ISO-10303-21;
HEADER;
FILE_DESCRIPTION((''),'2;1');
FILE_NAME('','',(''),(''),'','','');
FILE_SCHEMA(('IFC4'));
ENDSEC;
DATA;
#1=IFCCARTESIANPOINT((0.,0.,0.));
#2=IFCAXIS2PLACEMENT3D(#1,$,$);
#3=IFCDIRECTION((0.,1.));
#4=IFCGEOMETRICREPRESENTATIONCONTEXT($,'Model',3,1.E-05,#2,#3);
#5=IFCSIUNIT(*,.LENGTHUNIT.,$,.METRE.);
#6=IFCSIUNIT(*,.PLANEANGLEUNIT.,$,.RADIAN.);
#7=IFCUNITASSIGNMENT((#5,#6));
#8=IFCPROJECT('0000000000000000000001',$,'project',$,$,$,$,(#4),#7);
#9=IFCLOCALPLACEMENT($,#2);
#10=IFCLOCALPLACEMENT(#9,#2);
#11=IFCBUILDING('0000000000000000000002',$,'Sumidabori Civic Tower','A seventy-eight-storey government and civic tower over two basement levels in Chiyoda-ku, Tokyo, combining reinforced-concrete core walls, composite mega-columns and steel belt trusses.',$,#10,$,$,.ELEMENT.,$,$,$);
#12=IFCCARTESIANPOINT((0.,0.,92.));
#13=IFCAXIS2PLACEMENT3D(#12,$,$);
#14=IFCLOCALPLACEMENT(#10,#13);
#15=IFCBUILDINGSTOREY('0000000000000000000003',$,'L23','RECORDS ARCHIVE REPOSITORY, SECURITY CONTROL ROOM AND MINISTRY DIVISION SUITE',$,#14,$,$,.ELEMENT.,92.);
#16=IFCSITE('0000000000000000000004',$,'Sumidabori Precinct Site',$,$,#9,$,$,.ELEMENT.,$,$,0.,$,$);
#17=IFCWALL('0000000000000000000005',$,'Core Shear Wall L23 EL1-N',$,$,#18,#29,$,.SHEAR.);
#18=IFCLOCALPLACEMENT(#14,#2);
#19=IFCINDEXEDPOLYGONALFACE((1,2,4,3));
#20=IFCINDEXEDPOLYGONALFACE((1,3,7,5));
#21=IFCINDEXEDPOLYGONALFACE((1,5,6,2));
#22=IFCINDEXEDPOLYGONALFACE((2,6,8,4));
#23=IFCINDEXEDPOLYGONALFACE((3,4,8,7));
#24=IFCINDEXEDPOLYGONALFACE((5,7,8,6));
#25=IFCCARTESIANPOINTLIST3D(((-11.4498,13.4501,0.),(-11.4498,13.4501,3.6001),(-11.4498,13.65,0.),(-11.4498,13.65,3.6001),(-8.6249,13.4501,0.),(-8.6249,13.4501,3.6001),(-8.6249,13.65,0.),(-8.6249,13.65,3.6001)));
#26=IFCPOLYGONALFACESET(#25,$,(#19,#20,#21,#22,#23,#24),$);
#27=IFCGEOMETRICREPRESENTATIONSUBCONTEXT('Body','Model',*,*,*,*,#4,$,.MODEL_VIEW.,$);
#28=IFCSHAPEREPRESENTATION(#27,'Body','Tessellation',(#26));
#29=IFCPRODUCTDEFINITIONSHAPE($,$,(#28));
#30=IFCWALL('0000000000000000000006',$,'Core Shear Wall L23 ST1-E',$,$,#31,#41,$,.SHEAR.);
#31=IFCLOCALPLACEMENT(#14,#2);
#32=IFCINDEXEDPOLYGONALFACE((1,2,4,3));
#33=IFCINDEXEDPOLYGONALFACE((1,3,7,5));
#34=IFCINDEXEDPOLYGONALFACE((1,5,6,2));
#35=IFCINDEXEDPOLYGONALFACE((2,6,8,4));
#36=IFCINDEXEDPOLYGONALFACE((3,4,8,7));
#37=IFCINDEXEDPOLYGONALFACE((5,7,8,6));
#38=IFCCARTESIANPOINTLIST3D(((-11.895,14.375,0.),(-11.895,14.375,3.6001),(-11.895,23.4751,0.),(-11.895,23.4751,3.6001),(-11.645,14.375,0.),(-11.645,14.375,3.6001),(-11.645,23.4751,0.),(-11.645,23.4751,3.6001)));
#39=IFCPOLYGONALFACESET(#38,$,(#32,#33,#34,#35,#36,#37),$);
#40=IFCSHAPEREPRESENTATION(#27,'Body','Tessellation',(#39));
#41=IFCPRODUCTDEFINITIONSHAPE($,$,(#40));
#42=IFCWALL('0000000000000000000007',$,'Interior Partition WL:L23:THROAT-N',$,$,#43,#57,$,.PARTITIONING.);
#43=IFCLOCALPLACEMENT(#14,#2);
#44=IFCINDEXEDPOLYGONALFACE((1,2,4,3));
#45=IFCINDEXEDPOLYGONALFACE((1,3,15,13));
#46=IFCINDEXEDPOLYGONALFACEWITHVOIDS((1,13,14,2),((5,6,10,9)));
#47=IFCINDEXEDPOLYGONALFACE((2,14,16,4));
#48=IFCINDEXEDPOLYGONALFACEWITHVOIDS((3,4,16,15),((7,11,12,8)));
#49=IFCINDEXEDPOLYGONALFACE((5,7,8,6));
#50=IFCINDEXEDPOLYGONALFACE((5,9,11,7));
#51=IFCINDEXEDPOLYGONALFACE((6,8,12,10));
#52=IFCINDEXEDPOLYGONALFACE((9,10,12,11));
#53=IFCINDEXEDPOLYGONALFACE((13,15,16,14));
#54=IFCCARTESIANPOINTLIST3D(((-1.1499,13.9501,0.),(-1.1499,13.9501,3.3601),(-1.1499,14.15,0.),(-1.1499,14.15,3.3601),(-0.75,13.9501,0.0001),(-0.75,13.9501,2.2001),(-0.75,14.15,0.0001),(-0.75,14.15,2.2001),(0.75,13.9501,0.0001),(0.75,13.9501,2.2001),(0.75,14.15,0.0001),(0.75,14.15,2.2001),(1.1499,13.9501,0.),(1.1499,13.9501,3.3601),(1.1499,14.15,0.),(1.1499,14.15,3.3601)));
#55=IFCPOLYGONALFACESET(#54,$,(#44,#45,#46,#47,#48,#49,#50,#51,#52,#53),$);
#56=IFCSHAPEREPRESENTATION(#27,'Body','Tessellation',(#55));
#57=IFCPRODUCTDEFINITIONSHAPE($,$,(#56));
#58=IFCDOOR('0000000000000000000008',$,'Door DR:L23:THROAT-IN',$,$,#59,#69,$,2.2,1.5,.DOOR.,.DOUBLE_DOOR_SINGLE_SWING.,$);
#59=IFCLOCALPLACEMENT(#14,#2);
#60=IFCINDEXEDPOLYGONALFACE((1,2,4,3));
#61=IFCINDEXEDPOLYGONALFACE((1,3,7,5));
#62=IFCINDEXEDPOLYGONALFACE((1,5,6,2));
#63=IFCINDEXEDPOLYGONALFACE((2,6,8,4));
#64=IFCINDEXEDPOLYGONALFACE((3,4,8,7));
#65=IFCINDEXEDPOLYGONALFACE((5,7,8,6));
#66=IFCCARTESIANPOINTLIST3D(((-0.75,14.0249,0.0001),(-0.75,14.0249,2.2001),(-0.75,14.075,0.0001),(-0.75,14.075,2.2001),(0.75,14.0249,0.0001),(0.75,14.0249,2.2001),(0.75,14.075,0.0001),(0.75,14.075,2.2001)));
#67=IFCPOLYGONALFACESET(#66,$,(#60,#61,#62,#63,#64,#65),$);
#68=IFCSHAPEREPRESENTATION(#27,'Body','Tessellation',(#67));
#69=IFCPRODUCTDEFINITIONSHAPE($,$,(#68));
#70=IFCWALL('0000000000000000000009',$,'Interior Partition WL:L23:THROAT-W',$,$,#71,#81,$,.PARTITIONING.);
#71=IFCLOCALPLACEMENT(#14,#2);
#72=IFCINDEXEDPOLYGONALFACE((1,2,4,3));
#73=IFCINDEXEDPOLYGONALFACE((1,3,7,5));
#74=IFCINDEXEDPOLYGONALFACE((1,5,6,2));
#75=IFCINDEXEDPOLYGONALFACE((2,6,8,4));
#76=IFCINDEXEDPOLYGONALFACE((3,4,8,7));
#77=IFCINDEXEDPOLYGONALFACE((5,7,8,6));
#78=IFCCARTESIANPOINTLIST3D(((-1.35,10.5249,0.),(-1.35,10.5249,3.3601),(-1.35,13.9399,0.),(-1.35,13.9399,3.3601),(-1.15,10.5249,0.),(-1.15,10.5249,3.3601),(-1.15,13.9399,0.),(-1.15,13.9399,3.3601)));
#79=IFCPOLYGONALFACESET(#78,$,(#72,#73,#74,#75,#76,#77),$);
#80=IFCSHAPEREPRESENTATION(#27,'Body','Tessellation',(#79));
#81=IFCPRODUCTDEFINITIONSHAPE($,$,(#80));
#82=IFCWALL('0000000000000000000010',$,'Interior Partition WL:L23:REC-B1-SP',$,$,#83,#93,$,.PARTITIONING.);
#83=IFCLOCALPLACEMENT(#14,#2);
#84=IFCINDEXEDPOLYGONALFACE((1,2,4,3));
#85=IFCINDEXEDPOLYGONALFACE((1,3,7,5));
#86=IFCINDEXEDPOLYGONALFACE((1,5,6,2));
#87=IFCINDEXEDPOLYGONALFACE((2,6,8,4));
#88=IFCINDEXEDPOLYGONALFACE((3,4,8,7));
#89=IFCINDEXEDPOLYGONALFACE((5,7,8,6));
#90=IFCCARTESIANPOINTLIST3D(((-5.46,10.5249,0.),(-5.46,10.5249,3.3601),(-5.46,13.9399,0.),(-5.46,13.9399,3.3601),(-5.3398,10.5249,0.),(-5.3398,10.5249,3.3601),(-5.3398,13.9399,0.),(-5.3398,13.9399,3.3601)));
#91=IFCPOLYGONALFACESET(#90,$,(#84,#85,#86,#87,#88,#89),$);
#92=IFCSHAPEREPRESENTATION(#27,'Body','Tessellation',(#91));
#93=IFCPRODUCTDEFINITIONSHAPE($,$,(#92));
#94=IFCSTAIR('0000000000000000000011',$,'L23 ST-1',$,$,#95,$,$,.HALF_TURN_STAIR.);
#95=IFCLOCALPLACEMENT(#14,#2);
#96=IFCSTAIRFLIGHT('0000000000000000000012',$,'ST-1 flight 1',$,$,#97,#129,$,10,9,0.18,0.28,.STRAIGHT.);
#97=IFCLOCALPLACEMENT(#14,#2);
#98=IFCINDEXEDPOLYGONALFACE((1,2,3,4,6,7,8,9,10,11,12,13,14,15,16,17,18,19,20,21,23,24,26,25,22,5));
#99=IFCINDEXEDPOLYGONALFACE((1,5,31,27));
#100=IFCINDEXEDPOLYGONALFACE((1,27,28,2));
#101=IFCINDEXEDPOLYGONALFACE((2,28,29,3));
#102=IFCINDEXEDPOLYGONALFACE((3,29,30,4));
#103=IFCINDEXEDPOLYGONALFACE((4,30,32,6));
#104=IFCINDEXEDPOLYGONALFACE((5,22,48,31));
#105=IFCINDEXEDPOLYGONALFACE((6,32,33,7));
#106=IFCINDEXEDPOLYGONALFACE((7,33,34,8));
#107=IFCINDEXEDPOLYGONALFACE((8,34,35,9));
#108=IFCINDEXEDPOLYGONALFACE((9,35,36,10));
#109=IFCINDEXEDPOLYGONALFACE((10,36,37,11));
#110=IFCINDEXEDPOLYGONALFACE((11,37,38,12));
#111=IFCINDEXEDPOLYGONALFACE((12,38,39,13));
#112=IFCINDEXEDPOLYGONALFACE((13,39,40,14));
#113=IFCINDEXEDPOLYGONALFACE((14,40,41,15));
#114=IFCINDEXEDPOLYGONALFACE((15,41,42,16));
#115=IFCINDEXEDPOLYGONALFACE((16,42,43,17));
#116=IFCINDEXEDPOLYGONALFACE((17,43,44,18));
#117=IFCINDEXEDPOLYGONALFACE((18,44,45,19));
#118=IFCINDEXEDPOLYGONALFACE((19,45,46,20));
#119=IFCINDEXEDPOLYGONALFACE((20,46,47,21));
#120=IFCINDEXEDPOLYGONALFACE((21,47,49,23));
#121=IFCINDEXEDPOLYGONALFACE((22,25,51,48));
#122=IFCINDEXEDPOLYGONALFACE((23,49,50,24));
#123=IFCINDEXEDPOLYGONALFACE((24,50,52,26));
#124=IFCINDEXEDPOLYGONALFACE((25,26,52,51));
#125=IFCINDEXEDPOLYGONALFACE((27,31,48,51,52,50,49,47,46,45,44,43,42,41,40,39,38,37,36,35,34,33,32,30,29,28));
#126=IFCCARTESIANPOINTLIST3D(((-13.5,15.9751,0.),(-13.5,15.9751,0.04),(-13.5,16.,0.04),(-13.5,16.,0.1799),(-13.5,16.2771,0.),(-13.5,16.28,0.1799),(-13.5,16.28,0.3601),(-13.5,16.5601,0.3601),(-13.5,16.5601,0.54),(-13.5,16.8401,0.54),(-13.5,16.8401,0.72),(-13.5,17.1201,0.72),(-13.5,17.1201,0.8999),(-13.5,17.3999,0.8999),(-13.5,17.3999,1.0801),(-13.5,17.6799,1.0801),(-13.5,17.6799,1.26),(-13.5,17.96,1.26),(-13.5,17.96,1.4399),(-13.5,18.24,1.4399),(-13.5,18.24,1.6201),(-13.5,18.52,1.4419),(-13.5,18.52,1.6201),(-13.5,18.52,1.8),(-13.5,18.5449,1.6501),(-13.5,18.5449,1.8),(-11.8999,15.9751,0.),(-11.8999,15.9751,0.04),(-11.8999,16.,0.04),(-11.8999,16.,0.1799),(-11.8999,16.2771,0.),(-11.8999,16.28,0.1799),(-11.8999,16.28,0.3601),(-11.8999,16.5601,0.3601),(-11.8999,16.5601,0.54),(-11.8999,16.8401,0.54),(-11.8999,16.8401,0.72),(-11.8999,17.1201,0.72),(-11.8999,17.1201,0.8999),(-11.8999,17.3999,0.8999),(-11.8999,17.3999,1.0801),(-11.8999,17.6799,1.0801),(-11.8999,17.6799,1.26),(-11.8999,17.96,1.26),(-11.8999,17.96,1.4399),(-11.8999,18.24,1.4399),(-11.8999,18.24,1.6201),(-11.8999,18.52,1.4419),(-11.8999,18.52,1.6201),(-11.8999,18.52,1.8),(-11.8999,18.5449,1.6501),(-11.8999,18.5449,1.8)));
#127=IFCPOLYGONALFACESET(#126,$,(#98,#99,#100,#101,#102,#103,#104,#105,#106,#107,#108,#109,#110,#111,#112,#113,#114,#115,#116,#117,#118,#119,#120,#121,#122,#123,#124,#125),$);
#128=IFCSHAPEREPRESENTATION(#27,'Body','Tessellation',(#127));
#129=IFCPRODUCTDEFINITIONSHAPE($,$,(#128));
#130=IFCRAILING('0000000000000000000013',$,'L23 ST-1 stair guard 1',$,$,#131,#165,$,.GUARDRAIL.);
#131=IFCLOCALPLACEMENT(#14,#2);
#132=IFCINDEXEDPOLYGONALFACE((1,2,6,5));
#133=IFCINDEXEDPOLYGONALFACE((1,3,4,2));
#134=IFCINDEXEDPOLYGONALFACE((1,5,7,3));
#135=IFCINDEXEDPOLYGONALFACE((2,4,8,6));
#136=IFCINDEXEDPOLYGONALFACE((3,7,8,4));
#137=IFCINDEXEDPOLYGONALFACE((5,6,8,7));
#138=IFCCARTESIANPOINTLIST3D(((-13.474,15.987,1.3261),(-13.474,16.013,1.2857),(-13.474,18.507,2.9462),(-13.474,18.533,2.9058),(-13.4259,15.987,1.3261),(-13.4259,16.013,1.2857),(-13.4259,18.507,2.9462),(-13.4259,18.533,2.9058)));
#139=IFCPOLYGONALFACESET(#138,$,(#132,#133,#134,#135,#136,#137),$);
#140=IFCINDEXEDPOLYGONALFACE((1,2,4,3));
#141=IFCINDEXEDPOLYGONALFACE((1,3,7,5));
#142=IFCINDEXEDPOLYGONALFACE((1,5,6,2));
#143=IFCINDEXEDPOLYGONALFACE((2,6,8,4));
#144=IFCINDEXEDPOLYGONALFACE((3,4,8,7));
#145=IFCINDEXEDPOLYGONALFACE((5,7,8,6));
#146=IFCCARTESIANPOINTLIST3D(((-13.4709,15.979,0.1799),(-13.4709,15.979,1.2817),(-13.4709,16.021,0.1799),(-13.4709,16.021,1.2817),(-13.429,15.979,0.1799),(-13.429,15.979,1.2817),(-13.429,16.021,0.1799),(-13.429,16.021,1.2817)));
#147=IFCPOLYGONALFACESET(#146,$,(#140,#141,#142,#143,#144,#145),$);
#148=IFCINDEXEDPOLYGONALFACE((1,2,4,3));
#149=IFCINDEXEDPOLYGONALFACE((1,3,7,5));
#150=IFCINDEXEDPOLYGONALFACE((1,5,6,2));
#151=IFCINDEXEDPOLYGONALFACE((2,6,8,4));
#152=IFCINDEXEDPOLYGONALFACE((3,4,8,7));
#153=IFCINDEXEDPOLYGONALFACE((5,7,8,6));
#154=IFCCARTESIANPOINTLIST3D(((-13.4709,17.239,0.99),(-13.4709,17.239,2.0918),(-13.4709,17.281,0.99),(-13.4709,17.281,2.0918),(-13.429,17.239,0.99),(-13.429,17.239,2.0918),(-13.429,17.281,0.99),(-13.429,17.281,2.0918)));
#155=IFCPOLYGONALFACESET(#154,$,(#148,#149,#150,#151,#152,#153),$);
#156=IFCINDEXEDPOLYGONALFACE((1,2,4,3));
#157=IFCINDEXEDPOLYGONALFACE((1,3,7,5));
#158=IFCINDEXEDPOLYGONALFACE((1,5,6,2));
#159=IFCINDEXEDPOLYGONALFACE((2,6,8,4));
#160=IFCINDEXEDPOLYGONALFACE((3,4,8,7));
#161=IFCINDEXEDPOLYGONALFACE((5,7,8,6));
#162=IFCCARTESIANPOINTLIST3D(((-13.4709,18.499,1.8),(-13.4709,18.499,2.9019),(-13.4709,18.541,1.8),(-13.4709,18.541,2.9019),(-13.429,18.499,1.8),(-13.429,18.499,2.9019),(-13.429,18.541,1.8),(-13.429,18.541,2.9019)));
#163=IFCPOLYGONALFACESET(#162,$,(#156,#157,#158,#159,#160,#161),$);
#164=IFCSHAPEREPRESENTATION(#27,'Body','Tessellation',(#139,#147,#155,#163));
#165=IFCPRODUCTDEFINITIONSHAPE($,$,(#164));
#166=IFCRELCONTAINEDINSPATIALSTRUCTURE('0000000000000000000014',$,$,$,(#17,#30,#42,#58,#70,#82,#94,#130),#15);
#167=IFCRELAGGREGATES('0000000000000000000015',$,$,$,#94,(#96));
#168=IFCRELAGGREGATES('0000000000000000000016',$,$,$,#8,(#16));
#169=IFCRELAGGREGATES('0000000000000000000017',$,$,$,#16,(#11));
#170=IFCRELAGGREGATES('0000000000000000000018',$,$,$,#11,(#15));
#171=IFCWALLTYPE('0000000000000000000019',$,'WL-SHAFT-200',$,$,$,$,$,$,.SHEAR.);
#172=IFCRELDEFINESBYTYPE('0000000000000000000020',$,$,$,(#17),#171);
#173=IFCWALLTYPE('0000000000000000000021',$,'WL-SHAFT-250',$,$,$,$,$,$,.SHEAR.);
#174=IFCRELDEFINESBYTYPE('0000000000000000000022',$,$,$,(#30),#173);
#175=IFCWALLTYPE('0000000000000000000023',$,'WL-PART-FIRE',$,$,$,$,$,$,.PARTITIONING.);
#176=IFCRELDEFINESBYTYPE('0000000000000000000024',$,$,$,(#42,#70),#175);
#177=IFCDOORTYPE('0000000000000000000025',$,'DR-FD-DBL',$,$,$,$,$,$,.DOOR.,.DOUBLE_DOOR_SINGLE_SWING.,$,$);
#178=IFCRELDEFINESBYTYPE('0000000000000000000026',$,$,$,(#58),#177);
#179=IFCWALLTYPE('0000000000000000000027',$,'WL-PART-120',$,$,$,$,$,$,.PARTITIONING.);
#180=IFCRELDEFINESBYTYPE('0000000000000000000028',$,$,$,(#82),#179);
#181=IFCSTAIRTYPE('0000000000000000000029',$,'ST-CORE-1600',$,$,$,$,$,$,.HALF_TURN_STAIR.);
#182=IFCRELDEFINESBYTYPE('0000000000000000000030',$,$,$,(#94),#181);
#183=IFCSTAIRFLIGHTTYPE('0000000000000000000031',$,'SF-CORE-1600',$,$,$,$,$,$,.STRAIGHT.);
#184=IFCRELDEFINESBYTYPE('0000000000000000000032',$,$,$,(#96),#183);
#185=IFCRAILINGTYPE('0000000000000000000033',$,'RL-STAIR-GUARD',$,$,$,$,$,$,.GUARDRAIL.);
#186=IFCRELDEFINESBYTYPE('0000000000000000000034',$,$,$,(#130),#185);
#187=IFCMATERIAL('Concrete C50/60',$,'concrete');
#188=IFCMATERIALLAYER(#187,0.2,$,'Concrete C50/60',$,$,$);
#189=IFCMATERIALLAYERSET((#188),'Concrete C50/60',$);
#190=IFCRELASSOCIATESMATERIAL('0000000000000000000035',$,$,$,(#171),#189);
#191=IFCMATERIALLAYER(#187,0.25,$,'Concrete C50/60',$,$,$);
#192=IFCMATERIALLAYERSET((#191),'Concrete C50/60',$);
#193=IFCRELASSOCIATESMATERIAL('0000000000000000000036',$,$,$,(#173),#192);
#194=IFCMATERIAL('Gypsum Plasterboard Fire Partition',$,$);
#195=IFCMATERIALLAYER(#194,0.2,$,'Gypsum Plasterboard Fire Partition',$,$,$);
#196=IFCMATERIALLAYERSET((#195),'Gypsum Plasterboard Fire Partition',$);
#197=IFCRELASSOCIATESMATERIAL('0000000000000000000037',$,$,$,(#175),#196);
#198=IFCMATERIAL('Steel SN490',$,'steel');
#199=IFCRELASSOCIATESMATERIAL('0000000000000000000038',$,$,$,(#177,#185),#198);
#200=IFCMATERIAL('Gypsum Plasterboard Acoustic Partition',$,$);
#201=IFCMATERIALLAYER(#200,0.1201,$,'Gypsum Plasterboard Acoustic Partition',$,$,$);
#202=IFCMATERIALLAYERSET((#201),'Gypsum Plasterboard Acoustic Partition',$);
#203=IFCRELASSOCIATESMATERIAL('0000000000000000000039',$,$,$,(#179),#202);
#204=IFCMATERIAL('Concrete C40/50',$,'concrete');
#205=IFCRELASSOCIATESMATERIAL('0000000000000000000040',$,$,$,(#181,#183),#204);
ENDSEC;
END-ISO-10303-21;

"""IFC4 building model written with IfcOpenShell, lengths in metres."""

from ifc_helpers import new_model, si_unit, direction, frame, frame_2d, origin, origin_2d, place, context, subcontext, project, spatial, polyline, rectangle, outline, extrude, source, transform, mapped, material, layer, layer_set, type_object, element, fill, aggregate, save


model = new_model("IFC4")

# Units and contexts
model_context = context("Model", 3, precision=1e-05, world=origin(), true_north=direction((0.0, 1.0)))
body_context = subcontext(model_context, "Body", "Model", "MODEL_VIEW")
ifc_project = project(units=[si_unit("LENGTHUNIT", "METRE"), si_unit("PLANEANGLEUNIT", "RADIAN")], contexts=[model_context])

# Site, building, storey
site_placement = place(None, origin())
site = spatial("IfcSite", under=ifc_project, at=site_placement, Name="Sumidabori Precinct Site", CompositionType="ELEMENT", RefElevation=0.0)
building_placement = place(site_placement, origin())
building = spatial("IfcBuilding", under=site, at=building_placement, Name="Sumidabori Civic Tower", Description="A seventy-eight-storey government and civic tower over two basement levels in Chiyoda-ku, Tokyo, combining reinforced-concrete core walls, composite mega-columns and steel belt trusses.", CompositionType="ELEMENT")
storey_placement = place(building_placement, frame((0.0, 0.0, 92.0)))
storey = spatial("IfcBuildingStorey", under=building, at=storey_placement, Name="L23", Description="RECORDS ARCHIVE REPOSITORY, SECURITY CONTROL ROOM AND MINISTRY DIVISION SUITE", CompositionType="ELEMENT", Elevation=92.0)

# Wall
ifc_material_1 = material(Name="Concrete C50/60", Category="concrete")
ifc_layer_1 = layer(ifc_material_1, 0.2, Name="Concrete C50/60")
ifc_layer_set_1 = layer_set([ifc_layer_1], Name="Concrete C50/60")
wall_type_1 = type_object("IfcWallType", Name="WL-SHAFT-200", PredefinedType="SHEAR", material=ifc_layer_set_1)
shared_shape_1 = source(origin(), body_context, "Body", "SweptSolid", [
    extrude(rectangle(XDim=2.825, YDim=0.2, at=frame_2d((1.4126, 0.0))), origin(), (0.0, 0.0, 1.0), 3.6001),
])
wall_1_placement = place(storey_placement, frame((-11.45, 13.55, 0.0), z_axis=(0.0, 0.0, 1.0), x_axis=(1.0, 0.0, 0.0)))
element("IfcWall", 1, at=wall_1_placement, inside=storey, type_object=wall_type_1, Name="Core Shear Wall L23 EL1-N", PredefinedType="SHEAR", context=body_context, shape_type="MappedRepresentation", body=[
    mapped(shared_shape_1, transform((0.0, 0.0, 0.0), x_axis=(1.0, 0.0, 0.0), y_axis=(0.0, 1.0, 0.0), z_axis=(0.0, 0.0, 1.0), scale=1.0)),
])

# Shared definitions
ifc_layer_2 = layer(ifc_material_1, 0.25, Name="Concrete C50/60")
ifc_layer_set_2 = layer_set([ifc_layer_2], Name="Concrete C50/60")
wall_type_2 = type_object("IfcWallType", Name="WL-SHAFT-250", PredefinedType="SHEAR", material=ifc_layer_set_2)
ifc_material_2 = material(Name="Steel SN490", Category="steel")

# Wall
shared_shape_2 = source(origin(), body_context, "Body", "SweptSolid", [
    extrude(rectangle(XDim=9.1001, YDim=0.25, at=frame_2d((4.55, 0.0))), origin(), (0.0, 0.0, 1.0), 3.6001),
])
wall_2_placement = place(storey_placement, frame((-11.77, 14.375, 0.0), z_axis=(0.0, 0.0, 1.0), x_axis=(0.0, 1.0, 0.0)))
element("IfcWall", 2, at=wall_2_placement, inside=storey, type_object=wall_type_2, Name="Core Shear Wall L23 ST1-E", PredefinedType="SHEAR", context=body_context, shape_type="MappedRepresentation", body=[
    mapped(shared_shape_2, transform((0.0, 0.0, 0.0), x_axis=(1.0, 0.0, 0.0), y_axis=(0.0, 1.0, 0.0), z_axis=(0.0, 0.0, 1.0), scale=1.0)),
])

# Shared definitions
ifc_material_3 = material(Name="Gypsum Plasterboard Fire Partition")
ifc_layer_3 = layer(ifc_material_3, 0.2, Name="Gypsum Plasterboard Fire Partition")
ifc_layer_set_3 = layer_set([ifc_layer_3], Name="Gypsum Plasterboard Fire Partition")
wall_type_3 = type_object("IfcWallType", Name="WL-PART-FIRE", PredefinedType="PARTITIONING", material=ifc_layer_set_3)

# Wall, opening, door
shared_shape_3 = source(origin(), body_context, "Body", "SweptSolid", [
    extrude(rectangle(XDim=2.2998, YDim=0.2, at=frame_2d((1.1499, 0.0))), origin(), (0.0, 0.0, 1.0), 3.3601),
])
wall_3_placement = place(storey_placement, frame((-1.1499, 14.05, 0.0), z_axis=(0.0, 0.0, 1.0), x_axis=(1.0, 0.0, 0.0)))
wall_3 = element("IfcWall", 3, at=wall_3_placement, inside=storey, type_object=wall_type_3, Name="Interior Partition WL:L23:THROAT-N", PredefinedType="PARTITIONING", context=body_context, shape_type="MappedRepresentation", body=[
    mapped(shared_shape_3, transform((0.0, 0.0, 0.0), x_axis=(1.0, 0.0, 0.0), y_axis=(0.0, 1.0, 0.0), z_axis=(0.0, 0.0, 1.0), scale=1.0)),
])
opening_1_placement = place(wall_3_placement, frame((0.3999, 0.0, 0.0)))
opening_1 = element("IfcOpeningElement", 4, at=opening_1_placement, cuts=wall_3, PredefinedType="OPENING", context=body_context, shape_type="SweptSolid", body=[
    extrude(rectangle(XDim=1.5, YDim=2.2, at=frame_2d((0.75, 1.1001))), frame((0.0, 0.1118, 0.0), z_axis=(0.0, -1.0, 0.0), x_axis=(1.0, 0.0, 0.0)), (0.0, 0.0, 1.0), 0.2239),
])
door_type_1 = type_object("IfcDoorType", Name="DR-FD-DBL", OperationType="DOUBLE_DOOR_SINGLE_SWING", PredefinedType="DOOR", material=ifc_material_2)
shared_shape_4 = source(origin(), body_context, "Body", "SweptSolid", [
    extrude(rectangle(XDim=1.5, YDim=2.2, at=frame_2d((0.75, 1.1001))), frame((0.0, 0.0249, 0.0), z_axis=(0.0, -1.0, 0.0), x_axis=(1.0, 0.0, 0.0)), (0.0, 0.0, 1.0), 0.05),
])
door_1_placement = place(opening_1_placement, origin())
door_1 = element("IfcDoor", 5, at=door_1_placement, inside=storey, type_object=door_type_1, Name="Door DR:L23:THROAT-IN", OperationType="DOUBLE_DOOR_SINGLE_SWING", OverallHeight=2.2, OverallWidth=1.5, PredefinedType="DOOR", context=body_context, shape_type="MappedRepresentation", body=[
    mapped(shared_shape_4, transform((0.0, 0.0, 0.0), x_axis=(1.0, 0.0, 0.0), y_axis=(0.0, 1.0, 0.0), z_axis=(0.0, 0.0, 1.0), scale=1.0)),
])
fill(opening_1, door_1)

# Walls
shared_shape_5 = source(origin(), body_context, "Body", "SweptSolid", [
    extrude(rectangle(XDim=3.415, YDim=0.2, at=frame_2d((1.7075, 0.0))), origin(), (0.0, 0.0, 1.0), 3.3601),
])
wall_4_placement = place(storey_placement, frame((-1.25, 10.5249, 0.0), z_axis=(0.0, 0.0, 1.0), x_axis=(0.0, 1.0, 0.0)))
element("IfcWall", 6, at=wall_4_placement, inside=storey, type_object=wall_type_3, Name="Interior Partition WL:L23:THROAT-W", PredefinedType="PARTITIONING", context=body_context, shape_type="MappedRepresentation", body=[
    mapped(shared_shape_5, transform((0.0, 0.0, 0.0), x_axis=(1.0, 0.0, 0.0), y_axis=(0.0, 1.0, 0.0), z_axis=(0.0, 0.0, 1.0), scale=1.0)),
])
ifc_material_4 = material(Name="Gypsum Plasterboard Acoustic Partition")
ifc_layer_4 = layer(ifc_material_4, 0.1201, Name="Gypsum Plasterboard Acoustic Partition")
ifc_layer_set_4 = layer_set([ifc_layer_4], Name="Gypsum Plasterboard Acoustic Partition")
wall_type_4 = type_object("IfcWallType", Name="WL-PART-120", PredefinedType="PARTITIONING", material=ifc_layer_set_4)
shared_shape_6 = source(origin(), body_context, "Body", "SweptSolid", [
    extrude(rectangle(XDim=3.415, YDim=0.1201, at=frame_2d((1.7075, 0.0))), origin(), (0.0, 0.0, 1.0), 3.3601),
])
wall_5_placement = place(storey_placement, frame((-5.3999, 10.5249, 0.0), z_axis=(0.0, 0.0, 1.0), x_axis=(0.0, 1.0, 0.0)))
element("IfcWall", 7, at=wall_5_placement, inside=storey, type_object=wall_type_4, Name="Interior Partition WL:L23:REC-B1-SP", PredefinedType="PARTITIONING", context=body_context, shape_type="MappedRepresentation", body=[
    mapped(shared_shape_6, transform((0.0, 0.0, 0.0), x_axis=(1.0, 0.0, 0.0), y_axis=(0.0, 1.0, 0.0), z_axis=(0.0, 0.0, 1.0), scale=1.0)),
])

# Stair, stair flight
ifc_material_5 = material(Name="Concrete C40/50", Category="concrete")
stair_type = type_object("IfcStairType", Name="ST-CORE-1600", PredefinedType="HALF_TURN_STAIR", material=ifc_material_5)
stair_placement = place(storey_placement, origin())
stair = element("IfcStair", 8, at=stair_placement, inside=storey, type_object=stair_type, Name="L23 ST-1", PredefinedType="HALF_TURN_STAIR")
stair_flight_type = type_object("IfcStairFlightType", Name="SF-CORE-1600", PredefinedType="STRAIGHT", material=ifc_material_5)
shared_shape_7 = source(origin(), body_context, "Body", "SweptSolid", [
    extrude(outline(polyline([(-0.0249, 0.0), (-0.0249, 0.04), (0.0, 0.04), (0.0, 0.1799), (0.28, 0.1799), (0.28, 0.3601), (0.5601, 0.3601), (0.5601, 0.54), (0.8401, 0.54), (0.8401, 0.72), (1.1201, 0.72), (1.1201, 0.8999), (1.3999, 0.8999), (1.3999, 1.0801), (1.6799, 1.0801), (1.6799, 1.26), (1.96, 1.26), (1.96, 1.4399), (2.24, 1.4399), (2.24, 1.6201), (2.52, 1.6201), (2.52, 1.8), (2.5449, 1.8), (2.5449, 1.6501), (2.52, 1.4419), (0.2771, 0.0), (-0.0249, 0.0)])), frame((0.0, 0.8, 0.0), z_axis=(0.0, -1.0, 0.0), x_axis=(1.0, 0.0, 0.0)), (0.0, 0.0, 1.0), 1.6001),
])
stair_flight_placement = place(storey_placement, frame((-12.7, 16.0, 0.0), z_axis=(0.0, 0.0, 1.0), x_axis=(0.0, 1.0, 0.0)))
stair_flight = element("IfcStairFlight", 9, at=stair_flight_placement, type_object=stair_flight_type, Name="ST-1 flight 1", NumberOfRisers=10, NumberOfTreads=9, PredefinedType="STRAIGHT", RiserHeight=0.18, TreadLength=0.28, context=body_context, shape_type="MappedRepresentation", body=[
    mapped(shared_shape_7, transform((0.0, 0.0, 0.0), x_axis=(1.0, 0.0, 0.0), y_axis=(0.0, 1.0, 0.0), z_axis=(0.0, 0.0, 1.0), scale=1.0)),
])
aggregate(stair, [stair_flight])

# Railing
railing_type = type_object("IfcRailingType", Name="RL-STAIR-GUARD", PredefinedType="GUARDRAIL", material=ifc_material_2)
railing_1_placement = place(storey_placement, frame((-13.45, 16.0, 0.1799)))
element("IfcRailing", 10, at=railing_1_placement, inside=storey, type_object=railing_type, Name="L23 ST-1 stair guard 1", PredefinedType="GUARDRAIL", context=body_context, shape_type="SweptSolid", body=[
    extrude(rectangle(XDim=0.0481, YDim=0.0481, at=origin_2d()), frame((0.0, 0.0, 1.126), z_axis=(0.0, 0.841163, 0.540782), x_axis=(-1.0, 0.0, 0.0)), (0.0, 0.0, 1.0), 2.9958),
    extrude(rectangle(XDim=0.042, YDim=0.042, at=origin_2d()), origin(), (0.0, 0.0, 1.0), 1.1018),
    extrude(rectangle(XDim=0.042, YDim=0.042, at=origin_2d()), frame((0.0, 1.26, 0.8101)), (0.0, 0.0, 1.0), 1.1018),
    extrude(rectangle(XDim=0.042, YDim=0.042, at=origin_2d()), frame((0.0, 2.52, 1.6201)), (0.0, 0.0, 1.0), 1.1018),
])

save(model, "model.ifc")
